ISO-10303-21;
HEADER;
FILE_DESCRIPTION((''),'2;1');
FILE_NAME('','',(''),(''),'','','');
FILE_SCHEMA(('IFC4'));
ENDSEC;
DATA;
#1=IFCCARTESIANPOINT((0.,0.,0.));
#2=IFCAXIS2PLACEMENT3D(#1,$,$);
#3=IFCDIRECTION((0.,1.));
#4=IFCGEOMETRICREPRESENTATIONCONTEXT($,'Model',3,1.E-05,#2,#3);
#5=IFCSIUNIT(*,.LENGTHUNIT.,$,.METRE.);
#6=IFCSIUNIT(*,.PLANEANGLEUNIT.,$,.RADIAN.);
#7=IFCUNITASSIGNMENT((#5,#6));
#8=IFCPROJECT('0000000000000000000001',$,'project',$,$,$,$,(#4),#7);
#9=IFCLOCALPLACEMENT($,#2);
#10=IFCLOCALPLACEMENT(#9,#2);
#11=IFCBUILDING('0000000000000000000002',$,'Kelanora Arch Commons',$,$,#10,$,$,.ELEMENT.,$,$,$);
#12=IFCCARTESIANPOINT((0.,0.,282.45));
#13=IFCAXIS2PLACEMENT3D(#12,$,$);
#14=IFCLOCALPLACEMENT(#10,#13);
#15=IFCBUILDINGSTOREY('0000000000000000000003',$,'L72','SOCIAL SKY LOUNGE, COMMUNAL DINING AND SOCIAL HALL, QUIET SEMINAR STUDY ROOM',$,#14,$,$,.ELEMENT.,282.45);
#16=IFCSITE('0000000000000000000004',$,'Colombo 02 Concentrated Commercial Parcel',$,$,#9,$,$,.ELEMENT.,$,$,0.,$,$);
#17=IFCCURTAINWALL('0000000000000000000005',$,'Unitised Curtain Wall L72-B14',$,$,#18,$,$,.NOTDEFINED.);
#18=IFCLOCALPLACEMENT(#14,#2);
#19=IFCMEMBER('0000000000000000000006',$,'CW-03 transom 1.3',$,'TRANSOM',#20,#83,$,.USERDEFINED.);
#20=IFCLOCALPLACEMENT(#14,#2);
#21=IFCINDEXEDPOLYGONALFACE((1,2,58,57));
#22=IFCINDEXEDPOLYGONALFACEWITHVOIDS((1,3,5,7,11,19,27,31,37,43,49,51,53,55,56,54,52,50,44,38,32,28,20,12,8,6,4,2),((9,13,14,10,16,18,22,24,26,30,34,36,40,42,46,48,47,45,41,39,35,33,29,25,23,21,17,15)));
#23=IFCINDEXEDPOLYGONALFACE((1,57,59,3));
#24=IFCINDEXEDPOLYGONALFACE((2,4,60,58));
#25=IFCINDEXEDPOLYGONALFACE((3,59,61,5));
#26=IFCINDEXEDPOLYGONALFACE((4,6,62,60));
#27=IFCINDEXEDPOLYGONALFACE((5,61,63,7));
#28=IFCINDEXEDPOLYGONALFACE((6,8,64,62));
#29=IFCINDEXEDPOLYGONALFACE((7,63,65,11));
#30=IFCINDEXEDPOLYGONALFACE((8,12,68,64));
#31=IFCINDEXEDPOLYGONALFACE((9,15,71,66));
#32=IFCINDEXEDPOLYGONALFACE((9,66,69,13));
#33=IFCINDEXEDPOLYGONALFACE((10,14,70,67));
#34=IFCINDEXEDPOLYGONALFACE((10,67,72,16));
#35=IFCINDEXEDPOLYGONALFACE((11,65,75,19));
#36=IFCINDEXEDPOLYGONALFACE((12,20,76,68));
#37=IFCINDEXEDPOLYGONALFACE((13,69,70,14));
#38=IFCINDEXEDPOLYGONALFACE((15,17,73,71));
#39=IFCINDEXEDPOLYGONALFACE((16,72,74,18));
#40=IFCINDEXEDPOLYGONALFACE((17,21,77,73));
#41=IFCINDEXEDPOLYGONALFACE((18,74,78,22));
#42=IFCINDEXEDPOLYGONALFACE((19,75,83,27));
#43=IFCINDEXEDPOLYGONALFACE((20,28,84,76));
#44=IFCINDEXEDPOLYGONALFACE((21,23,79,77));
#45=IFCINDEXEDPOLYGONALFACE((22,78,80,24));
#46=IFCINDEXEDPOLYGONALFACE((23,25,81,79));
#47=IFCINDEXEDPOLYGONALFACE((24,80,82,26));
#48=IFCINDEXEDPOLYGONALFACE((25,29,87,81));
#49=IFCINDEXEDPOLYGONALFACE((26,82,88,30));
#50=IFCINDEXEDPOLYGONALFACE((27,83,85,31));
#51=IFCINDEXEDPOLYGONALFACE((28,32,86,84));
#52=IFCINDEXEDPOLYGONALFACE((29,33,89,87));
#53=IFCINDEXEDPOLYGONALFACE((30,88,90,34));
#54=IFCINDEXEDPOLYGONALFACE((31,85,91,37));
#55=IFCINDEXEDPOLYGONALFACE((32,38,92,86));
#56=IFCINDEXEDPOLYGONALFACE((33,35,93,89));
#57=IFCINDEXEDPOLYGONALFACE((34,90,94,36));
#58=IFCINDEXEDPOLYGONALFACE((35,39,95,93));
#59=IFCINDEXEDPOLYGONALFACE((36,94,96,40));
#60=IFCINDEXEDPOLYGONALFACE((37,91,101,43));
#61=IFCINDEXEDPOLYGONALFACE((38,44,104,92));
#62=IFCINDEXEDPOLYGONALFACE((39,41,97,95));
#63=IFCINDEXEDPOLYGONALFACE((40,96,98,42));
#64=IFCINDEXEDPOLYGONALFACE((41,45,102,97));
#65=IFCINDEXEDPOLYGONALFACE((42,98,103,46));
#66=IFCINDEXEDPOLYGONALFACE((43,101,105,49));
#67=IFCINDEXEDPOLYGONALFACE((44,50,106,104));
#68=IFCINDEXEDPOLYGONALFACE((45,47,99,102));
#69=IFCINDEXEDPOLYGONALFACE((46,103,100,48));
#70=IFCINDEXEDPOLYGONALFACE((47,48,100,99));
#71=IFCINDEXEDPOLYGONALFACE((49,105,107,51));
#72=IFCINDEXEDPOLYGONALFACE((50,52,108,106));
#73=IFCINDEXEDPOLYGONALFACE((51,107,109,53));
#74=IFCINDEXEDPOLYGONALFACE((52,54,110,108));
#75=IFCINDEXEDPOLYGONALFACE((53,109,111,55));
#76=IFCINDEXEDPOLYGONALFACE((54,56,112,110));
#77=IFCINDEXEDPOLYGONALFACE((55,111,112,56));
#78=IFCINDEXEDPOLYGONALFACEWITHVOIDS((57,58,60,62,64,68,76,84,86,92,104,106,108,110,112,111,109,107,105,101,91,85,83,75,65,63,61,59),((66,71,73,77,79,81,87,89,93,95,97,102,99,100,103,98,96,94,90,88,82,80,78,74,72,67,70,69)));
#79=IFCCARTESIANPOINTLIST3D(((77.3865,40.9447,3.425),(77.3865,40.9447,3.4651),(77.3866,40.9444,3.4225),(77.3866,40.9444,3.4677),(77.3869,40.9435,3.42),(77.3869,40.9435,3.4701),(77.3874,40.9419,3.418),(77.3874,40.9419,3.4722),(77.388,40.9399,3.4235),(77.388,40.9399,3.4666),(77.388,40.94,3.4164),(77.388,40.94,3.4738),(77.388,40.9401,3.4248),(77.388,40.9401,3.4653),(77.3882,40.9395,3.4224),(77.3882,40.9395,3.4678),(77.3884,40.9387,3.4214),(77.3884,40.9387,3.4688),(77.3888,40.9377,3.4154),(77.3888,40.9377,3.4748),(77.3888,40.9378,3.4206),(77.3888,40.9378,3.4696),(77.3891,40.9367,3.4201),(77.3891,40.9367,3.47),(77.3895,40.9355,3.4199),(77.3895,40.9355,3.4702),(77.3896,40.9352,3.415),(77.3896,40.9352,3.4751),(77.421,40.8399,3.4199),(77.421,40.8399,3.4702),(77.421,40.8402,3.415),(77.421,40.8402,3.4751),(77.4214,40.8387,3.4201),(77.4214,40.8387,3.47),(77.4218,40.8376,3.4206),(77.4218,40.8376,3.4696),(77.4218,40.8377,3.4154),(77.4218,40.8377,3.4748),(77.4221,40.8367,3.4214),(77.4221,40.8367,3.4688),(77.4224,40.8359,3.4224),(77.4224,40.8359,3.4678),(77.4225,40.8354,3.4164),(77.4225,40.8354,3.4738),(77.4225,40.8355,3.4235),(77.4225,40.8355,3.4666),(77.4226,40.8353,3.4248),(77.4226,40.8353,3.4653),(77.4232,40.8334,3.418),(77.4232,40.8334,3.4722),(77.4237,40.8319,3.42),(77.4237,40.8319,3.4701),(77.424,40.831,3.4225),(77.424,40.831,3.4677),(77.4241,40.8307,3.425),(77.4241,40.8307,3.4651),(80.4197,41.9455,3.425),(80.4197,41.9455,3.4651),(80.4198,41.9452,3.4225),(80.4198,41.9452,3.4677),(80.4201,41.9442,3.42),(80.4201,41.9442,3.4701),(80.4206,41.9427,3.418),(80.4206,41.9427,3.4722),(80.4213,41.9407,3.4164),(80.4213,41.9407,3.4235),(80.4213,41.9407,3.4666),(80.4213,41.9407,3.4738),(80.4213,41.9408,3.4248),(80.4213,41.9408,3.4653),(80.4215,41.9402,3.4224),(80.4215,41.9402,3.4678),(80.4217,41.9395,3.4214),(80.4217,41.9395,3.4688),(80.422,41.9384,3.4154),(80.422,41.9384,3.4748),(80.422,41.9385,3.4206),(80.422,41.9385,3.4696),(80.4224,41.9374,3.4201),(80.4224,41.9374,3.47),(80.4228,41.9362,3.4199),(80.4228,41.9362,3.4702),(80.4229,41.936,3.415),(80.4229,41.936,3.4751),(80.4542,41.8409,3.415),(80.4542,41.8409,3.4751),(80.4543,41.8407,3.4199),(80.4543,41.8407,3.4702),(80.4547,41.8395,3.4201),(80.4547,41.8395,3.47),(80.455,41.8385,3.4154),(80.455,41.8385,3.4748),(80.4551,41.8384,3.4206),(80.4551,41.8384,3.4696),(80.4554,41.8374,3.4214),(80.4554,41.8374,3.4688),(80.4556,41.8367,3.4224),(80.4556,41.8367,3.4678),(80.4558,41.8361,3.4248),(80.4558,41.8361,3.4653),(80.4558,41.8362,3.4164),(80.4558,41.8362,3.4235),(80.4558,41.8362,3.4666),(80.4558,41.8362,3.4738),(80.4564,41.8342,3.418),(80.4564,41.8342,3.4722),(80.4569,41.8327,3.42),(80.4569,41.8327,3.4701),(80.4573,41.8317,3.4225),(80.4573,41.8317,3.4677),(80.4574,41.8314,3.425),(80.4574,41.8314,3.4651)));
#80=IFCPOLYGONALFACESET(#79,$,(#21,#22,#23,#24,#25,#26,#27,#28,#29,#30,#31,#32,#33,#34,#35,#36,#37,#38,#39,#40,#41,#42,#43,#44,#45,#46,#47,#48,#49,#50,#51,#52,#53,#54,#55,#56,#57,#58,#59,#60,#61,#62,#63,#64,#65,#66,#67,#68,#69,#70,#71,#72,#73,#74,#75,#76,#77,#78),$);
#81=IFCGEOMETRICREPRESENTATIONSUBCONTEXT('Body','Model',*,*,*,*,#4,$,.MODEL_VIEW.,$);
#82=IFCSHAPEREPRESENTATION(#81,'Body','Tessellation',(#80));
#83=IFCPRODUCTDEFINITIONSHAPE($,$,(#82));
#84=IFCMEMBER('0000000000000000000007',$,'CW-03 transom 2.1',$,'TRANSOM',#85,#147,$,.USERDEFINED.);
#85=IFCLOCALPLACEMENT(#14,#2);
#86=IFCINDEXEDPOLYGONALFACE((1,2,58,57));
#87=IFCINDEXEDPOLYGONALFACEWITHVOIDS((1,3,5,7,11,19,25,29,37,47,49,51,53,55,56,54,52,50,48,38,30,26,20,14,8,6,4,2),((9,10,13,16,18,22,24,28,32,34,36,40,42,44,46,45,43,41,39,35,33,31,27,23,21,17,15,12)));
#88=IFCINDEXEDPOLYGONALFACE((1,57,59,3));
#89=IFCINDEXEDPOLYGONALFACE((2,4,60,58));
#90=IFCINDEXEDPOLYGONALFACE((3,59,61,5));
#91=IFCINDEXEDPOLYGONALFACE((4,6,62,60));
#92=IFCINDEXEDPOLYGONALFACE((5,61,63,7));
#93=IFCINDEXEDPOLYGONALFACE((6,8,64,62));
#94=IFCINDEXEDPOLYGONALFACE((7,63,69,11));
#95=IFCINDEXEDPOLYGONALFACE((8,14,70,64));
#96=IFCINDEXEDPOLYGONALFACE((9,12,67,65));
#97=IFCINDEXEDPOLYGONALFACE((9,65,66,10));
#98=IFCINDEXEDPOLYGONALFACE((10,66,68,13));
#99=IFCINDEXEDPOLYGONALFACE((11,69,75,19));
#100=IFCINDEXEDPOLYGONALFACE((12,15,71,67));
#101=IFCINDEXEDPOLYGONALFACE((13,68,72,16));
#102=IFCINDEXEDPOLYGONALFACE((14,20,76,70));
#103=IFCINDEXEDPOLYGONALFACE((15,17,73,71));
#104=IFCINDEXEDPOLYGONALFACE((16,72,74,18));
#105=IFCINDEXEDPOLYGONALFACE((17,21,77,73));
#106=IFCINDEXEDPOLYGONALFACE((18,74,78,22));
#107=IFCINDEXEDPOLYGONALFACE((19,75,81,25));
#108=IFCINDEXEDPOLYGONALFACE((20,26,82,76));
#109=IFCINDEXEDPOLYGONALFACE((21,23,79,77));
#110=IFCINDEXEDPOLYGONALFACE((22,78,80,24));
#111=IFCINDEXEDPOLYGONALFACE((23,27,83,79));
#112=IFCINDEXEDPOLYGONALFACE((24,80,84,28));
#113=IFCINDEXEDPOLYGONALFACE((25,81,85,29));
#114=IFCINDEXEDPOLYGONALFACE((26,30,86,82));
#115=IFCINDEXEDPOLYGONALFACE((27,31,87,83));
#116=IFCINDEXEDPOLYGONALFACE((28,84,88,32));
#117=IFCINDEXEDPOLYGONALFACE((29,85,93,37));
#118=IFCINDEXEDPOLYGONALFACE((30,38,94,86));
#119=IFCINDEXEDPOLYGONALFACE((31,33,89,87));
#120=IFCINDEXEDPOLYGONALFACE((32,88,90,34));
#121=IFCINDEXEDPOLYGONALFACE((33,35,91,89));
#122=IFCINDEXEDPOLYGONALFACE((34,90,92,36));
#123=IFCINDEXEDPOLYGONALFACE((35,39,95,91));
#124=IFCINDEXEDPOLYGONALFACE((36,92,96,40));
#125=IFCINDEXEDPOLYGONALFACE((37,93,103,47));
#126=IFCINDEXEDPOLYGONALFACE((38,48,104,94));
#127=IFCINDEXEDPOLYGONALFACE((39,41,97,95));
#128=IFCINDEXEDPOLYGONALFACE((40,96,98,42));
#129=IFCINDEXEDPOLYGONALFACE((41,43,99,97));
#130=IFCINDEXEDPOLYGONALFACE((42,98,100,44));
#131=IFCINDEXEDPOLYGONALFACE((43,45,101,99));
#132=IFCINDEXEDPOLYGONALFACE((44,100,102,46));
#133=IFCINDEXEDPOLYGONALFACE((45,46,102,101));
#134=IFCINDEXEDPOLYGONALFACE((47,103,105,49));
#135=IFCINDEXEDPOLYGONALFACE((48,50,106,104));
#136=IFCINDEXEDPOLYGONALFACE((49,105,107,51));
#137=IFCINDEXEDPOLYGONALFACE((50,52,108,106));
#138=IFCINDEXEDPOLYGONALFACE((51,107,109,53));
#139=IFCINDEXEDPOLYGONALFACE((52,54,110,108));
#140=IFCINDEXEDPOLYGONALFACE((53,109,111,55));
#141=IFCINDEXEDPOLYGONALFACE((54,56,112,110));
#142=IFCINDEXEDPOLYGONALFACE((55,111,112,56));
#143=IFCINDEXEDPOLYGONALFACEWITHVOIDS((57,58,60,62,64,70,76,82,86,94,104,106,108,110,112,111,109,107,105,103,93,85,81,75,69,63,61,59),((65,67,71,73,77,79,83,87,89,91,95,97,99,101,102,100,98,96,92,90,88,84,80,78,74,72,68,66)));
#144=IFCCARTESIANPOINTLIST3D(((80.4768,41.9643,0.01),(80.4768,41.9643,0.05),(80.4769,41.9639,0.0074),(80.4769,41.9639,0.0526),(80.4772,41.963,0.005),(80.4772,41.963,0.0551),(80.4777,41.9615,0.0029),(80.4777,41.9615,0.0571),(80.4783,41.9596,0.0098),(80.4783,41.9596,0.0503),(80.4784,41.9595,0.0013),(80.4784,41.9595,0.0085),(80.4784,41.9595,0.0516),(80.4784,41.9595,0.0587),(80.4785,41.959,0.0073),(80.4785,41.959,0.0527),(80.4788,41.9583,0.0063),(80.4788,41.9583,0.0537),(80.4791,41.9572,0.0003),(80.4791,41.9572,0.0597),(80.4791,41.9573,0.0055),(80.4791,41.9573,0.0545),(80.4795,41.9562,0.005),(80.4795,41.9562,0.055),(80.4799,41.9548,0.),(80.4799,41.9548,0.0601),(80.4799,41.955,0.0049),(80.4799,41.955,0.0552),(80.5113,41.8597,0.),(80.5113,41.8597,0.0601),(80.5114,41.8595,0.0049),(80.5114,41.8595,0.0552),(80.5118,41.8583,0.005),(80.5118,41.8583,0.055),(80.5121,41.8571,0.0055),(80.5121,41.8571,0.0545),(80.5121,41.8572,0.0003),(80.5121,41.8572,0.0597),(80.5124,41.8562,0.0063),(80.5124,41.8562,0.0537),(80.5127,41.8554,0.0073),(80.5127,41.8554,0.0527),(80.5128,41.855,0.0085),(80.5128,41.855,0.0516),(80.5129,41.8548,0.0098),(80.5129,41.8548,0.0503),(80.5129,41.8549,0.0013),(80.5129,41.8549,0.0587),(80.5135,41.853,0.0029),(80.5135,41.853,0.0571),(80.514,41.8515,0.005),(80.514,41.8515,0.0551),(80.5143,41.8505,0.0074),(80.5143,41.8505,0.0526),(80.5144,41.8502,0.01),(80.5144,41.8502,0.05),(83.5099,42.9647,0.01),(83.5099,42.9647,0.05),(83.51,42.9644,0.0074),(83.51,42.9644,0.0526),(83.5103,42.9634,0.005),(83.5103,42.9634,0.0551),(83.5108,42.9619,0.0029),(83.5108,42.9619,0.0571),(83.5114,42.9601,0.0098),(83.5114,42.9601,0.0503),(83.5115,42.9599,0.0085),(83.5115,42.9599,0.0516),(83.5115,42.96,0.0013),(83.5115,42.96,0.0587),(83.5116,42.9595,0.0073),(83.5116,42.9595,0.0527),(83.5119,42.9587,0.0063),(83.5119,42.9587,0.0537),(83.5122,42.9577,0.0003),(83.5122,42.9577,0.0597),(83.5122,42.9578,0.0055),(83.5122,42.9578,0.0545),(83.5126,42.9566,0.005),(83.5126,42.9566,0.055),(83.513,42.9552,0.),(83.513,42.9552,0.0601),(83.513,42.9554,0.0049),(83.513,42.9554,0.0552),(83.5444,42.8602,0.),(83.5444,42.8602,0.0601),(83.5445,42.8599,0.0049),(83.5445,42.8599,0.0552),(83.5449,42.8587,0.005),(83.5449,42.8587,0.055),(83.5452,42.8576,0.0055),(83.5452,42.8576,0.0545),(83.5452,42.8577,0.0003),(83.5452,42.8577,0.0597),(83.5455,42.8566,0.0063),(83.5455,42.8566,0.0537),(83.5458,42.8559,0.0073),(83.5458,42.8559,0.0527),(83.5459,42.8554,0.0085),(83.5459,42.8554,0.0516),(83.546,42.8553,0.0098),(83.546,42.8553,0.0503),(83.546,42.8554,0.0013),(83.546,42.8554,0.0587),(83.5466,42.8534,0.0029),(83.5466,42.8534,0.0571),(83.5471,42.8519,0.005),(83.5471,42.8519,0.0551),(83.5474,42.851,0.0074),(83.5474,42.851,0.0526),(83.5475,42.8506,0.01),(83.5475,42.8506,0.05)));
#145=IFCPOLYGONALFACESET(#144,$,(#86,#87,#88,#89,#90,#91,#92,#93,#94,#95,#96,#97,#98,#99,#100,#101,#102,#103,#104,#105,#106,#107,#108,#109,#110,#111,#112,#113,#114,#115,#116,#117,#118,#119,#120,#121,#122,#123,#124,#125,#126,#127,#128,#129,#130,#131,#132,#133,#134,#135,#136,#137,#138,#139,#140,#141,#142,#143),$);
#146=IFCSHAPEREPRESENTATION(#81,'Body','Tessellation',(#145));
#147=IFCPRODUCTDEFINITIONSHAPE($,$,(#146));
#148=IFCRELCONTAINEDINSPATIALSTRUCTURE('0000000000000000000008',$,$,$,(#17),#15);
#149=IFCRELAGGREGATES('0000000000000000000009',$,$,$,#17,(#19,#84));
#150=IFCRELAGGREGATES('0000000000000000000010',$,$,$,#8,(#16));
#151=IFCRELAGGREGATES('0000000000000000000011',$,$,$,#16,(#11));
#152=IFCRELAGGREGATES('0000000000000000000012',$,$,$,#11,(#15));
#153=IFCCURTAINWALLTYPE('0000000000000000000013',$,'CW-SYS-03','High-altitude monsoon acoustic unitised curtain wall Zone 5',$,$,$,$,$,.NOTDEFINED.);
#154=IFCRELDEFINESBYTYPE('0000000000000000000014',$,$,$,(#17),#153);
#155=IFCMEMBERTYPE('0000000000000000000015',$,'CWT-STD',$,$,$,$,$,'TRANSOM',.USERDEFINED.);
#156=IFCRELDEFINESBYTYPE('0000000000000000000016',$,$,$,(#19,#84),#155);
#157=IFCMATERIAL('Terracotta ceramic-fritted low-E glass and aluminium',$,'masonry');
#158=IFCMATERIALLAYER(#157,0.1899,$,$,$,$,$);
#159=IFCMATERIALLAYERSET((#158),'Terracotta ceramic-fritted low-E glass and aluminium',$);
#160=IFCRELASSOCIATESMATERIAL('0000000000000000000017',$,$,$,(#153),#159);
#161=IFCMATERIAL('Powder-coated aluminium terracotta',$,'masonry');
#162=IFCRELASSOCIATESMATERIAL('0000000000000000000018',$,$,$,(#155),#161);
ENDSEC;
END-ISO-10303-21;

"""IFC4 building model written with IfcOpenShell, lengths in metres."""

from ifc_helpers import new_model, si_unit, direction, frame, origin, origin_2d, place, context, subcontext, project, spatial, hollow_rectangle, extrude, material, layer, layer_set, material_profile, profile_set, type_object, element, aggregate, save


model = new_model("IFC4")

# Units and contexts
model_context = context("Model", 3, precision=1e-05, world=origin(), true_north=direction((0.0, 1.0)))
body_context = subcontext(model_context, "Body", "Model", "MODEL_VIEW")
ifc_project = project(units=[si_unit("LENGTHUNIT", "METRE"), si_unit("PLANEANGLEUNIT", "RADIAN")], contexts=[model_context])

# Site, building, storey
site_placement = place(None, origin())
site = spatial("IfcSite", under=ifc_project, at=site_placement, Name="Colombo 02 Concentrated Commercial Parcel", CompositionType="ELEMENT", RefElevation=0.0)
building_placement = place(site_placement, origin())
building = spatial("IfcBuilding", under=site, at=building_placement, Name="Kelanora Arch Commons", CompositionType="ELEMENT")
storey_placement = place(building_placement, frame((0.0, 0.0, 282.45)))
storey = spatial("IfcBuildingStorey", under=building, at=storey_placement, Name="L72", Description="SOCIAL SKY LOUNGE, COMMUNAL DINING AND SOCIAL HALL, QUIET SEMINAR STUDY ROOM", CompositionType="ELEMENT", Elevation=282.45)

# Curtain wall, members
ifc_material_1 = material(Name="Terracotta ceramic-fritted low-E glass and aluminium", Category="masonry")
ifc_layer_1 = layer(ifc_material_1, 0.1899)
ifc_layer_set_1 = layer_set([ifc_layer_1], Name="Terracotta ceramic-fritted low-E glass and aluminium")
curtain_wall_type = type_object("IfcCurtainWallType", Name="CW-SYS-03", Description="High-altitude monsoon acoustic unitised curtain wall Zone 5", PredefinedType="NOTDEFINED", material=ifc_layer_set_1)
curtain_wall_placement = place(storey_placement, origin())
curtain_wall = element("IfcCurtainWall", 1, at=curtain_wall_placement, inside=storey, type_object=curtain_wall_type, Name="Unitised Curtain Wall L72-B14", PredefinedType="NOTDEFINED")
ifc_material_2 = material(Name="Powder-coated aluminium terracotta", Category="masonry")
ifc_material_profile_1 = material_profile(ifc_material_2, hollow_rectangle(XDim=0.1201, YDim=0.0601, WallThickness=0.0049, InnerFilletRadius=0.0049, OuterFilletRadius=0.01, at=origin_2d()), Name="CWT120x60")
ifc_profile_set_1 = profile_set([ifc_material_profile_1], Name="Powder-coated aluminium terracotta")
member_type_1 = type_object("IfcMemberType", Name="CWT-STD", ElementType="TRANSOM", PredefinedType="USERDEFINED", material=ifc_profile_set_1)
member_1_placement = place(storey_placement, frame((77.4053, 40.8877, 3.4451), z_axis=(0.94965, 0.313314, 0.0), x_axis=(-0.313314, 0.94965, 0.0)))
member_1 = element("IfcMember", 2, at=member_1_placement, type_object=member_type_1, Name="CW-03 transom 1.3", ObjectType="TRANSOM", PredefinedType="USERDEFINED", context=body_context, shape_type="SweptSolid", body=[
    extrude(hollow_rectangle(XDim=0.1201, YDim=0.0601, WallThickness=0.0049, InnerFilletRadius=0.0049, OuterFilletRadius=0.01, at=origin_2d()), origin(), (0.0, 0.0, 1.0), 3.1941),
])
member_2_placement = place(storey_placement, frame((80.4956, 41.9072, 0.03), z_axis=(0.949672, 0.313245, 0.0), x_axis=(-0.313245, 0.949672, 0.0)))
member_2 = element("IfcMember", 3, at=member_2_placement, type_object=member_type_1, Name="CW-03 transom 2.1", ObjectType="TRANSOM", PredefinedType="USERDEFINED", context=body_context, shape_type="SweptSolid", body=[
    extrude(hollow_rectangle(XDim=0.1201, YDim=0.0601, WallThickness=0.0049, InnerFilletRadius=0.0049, OuterFilletRadius=0.01, at=origin_2d()), origin(), (0.0, 0.0, 1.0), 3.1938),
])
aggregate(curtain_wall, [member_1, member_2])

save(model, "model.ifc")
